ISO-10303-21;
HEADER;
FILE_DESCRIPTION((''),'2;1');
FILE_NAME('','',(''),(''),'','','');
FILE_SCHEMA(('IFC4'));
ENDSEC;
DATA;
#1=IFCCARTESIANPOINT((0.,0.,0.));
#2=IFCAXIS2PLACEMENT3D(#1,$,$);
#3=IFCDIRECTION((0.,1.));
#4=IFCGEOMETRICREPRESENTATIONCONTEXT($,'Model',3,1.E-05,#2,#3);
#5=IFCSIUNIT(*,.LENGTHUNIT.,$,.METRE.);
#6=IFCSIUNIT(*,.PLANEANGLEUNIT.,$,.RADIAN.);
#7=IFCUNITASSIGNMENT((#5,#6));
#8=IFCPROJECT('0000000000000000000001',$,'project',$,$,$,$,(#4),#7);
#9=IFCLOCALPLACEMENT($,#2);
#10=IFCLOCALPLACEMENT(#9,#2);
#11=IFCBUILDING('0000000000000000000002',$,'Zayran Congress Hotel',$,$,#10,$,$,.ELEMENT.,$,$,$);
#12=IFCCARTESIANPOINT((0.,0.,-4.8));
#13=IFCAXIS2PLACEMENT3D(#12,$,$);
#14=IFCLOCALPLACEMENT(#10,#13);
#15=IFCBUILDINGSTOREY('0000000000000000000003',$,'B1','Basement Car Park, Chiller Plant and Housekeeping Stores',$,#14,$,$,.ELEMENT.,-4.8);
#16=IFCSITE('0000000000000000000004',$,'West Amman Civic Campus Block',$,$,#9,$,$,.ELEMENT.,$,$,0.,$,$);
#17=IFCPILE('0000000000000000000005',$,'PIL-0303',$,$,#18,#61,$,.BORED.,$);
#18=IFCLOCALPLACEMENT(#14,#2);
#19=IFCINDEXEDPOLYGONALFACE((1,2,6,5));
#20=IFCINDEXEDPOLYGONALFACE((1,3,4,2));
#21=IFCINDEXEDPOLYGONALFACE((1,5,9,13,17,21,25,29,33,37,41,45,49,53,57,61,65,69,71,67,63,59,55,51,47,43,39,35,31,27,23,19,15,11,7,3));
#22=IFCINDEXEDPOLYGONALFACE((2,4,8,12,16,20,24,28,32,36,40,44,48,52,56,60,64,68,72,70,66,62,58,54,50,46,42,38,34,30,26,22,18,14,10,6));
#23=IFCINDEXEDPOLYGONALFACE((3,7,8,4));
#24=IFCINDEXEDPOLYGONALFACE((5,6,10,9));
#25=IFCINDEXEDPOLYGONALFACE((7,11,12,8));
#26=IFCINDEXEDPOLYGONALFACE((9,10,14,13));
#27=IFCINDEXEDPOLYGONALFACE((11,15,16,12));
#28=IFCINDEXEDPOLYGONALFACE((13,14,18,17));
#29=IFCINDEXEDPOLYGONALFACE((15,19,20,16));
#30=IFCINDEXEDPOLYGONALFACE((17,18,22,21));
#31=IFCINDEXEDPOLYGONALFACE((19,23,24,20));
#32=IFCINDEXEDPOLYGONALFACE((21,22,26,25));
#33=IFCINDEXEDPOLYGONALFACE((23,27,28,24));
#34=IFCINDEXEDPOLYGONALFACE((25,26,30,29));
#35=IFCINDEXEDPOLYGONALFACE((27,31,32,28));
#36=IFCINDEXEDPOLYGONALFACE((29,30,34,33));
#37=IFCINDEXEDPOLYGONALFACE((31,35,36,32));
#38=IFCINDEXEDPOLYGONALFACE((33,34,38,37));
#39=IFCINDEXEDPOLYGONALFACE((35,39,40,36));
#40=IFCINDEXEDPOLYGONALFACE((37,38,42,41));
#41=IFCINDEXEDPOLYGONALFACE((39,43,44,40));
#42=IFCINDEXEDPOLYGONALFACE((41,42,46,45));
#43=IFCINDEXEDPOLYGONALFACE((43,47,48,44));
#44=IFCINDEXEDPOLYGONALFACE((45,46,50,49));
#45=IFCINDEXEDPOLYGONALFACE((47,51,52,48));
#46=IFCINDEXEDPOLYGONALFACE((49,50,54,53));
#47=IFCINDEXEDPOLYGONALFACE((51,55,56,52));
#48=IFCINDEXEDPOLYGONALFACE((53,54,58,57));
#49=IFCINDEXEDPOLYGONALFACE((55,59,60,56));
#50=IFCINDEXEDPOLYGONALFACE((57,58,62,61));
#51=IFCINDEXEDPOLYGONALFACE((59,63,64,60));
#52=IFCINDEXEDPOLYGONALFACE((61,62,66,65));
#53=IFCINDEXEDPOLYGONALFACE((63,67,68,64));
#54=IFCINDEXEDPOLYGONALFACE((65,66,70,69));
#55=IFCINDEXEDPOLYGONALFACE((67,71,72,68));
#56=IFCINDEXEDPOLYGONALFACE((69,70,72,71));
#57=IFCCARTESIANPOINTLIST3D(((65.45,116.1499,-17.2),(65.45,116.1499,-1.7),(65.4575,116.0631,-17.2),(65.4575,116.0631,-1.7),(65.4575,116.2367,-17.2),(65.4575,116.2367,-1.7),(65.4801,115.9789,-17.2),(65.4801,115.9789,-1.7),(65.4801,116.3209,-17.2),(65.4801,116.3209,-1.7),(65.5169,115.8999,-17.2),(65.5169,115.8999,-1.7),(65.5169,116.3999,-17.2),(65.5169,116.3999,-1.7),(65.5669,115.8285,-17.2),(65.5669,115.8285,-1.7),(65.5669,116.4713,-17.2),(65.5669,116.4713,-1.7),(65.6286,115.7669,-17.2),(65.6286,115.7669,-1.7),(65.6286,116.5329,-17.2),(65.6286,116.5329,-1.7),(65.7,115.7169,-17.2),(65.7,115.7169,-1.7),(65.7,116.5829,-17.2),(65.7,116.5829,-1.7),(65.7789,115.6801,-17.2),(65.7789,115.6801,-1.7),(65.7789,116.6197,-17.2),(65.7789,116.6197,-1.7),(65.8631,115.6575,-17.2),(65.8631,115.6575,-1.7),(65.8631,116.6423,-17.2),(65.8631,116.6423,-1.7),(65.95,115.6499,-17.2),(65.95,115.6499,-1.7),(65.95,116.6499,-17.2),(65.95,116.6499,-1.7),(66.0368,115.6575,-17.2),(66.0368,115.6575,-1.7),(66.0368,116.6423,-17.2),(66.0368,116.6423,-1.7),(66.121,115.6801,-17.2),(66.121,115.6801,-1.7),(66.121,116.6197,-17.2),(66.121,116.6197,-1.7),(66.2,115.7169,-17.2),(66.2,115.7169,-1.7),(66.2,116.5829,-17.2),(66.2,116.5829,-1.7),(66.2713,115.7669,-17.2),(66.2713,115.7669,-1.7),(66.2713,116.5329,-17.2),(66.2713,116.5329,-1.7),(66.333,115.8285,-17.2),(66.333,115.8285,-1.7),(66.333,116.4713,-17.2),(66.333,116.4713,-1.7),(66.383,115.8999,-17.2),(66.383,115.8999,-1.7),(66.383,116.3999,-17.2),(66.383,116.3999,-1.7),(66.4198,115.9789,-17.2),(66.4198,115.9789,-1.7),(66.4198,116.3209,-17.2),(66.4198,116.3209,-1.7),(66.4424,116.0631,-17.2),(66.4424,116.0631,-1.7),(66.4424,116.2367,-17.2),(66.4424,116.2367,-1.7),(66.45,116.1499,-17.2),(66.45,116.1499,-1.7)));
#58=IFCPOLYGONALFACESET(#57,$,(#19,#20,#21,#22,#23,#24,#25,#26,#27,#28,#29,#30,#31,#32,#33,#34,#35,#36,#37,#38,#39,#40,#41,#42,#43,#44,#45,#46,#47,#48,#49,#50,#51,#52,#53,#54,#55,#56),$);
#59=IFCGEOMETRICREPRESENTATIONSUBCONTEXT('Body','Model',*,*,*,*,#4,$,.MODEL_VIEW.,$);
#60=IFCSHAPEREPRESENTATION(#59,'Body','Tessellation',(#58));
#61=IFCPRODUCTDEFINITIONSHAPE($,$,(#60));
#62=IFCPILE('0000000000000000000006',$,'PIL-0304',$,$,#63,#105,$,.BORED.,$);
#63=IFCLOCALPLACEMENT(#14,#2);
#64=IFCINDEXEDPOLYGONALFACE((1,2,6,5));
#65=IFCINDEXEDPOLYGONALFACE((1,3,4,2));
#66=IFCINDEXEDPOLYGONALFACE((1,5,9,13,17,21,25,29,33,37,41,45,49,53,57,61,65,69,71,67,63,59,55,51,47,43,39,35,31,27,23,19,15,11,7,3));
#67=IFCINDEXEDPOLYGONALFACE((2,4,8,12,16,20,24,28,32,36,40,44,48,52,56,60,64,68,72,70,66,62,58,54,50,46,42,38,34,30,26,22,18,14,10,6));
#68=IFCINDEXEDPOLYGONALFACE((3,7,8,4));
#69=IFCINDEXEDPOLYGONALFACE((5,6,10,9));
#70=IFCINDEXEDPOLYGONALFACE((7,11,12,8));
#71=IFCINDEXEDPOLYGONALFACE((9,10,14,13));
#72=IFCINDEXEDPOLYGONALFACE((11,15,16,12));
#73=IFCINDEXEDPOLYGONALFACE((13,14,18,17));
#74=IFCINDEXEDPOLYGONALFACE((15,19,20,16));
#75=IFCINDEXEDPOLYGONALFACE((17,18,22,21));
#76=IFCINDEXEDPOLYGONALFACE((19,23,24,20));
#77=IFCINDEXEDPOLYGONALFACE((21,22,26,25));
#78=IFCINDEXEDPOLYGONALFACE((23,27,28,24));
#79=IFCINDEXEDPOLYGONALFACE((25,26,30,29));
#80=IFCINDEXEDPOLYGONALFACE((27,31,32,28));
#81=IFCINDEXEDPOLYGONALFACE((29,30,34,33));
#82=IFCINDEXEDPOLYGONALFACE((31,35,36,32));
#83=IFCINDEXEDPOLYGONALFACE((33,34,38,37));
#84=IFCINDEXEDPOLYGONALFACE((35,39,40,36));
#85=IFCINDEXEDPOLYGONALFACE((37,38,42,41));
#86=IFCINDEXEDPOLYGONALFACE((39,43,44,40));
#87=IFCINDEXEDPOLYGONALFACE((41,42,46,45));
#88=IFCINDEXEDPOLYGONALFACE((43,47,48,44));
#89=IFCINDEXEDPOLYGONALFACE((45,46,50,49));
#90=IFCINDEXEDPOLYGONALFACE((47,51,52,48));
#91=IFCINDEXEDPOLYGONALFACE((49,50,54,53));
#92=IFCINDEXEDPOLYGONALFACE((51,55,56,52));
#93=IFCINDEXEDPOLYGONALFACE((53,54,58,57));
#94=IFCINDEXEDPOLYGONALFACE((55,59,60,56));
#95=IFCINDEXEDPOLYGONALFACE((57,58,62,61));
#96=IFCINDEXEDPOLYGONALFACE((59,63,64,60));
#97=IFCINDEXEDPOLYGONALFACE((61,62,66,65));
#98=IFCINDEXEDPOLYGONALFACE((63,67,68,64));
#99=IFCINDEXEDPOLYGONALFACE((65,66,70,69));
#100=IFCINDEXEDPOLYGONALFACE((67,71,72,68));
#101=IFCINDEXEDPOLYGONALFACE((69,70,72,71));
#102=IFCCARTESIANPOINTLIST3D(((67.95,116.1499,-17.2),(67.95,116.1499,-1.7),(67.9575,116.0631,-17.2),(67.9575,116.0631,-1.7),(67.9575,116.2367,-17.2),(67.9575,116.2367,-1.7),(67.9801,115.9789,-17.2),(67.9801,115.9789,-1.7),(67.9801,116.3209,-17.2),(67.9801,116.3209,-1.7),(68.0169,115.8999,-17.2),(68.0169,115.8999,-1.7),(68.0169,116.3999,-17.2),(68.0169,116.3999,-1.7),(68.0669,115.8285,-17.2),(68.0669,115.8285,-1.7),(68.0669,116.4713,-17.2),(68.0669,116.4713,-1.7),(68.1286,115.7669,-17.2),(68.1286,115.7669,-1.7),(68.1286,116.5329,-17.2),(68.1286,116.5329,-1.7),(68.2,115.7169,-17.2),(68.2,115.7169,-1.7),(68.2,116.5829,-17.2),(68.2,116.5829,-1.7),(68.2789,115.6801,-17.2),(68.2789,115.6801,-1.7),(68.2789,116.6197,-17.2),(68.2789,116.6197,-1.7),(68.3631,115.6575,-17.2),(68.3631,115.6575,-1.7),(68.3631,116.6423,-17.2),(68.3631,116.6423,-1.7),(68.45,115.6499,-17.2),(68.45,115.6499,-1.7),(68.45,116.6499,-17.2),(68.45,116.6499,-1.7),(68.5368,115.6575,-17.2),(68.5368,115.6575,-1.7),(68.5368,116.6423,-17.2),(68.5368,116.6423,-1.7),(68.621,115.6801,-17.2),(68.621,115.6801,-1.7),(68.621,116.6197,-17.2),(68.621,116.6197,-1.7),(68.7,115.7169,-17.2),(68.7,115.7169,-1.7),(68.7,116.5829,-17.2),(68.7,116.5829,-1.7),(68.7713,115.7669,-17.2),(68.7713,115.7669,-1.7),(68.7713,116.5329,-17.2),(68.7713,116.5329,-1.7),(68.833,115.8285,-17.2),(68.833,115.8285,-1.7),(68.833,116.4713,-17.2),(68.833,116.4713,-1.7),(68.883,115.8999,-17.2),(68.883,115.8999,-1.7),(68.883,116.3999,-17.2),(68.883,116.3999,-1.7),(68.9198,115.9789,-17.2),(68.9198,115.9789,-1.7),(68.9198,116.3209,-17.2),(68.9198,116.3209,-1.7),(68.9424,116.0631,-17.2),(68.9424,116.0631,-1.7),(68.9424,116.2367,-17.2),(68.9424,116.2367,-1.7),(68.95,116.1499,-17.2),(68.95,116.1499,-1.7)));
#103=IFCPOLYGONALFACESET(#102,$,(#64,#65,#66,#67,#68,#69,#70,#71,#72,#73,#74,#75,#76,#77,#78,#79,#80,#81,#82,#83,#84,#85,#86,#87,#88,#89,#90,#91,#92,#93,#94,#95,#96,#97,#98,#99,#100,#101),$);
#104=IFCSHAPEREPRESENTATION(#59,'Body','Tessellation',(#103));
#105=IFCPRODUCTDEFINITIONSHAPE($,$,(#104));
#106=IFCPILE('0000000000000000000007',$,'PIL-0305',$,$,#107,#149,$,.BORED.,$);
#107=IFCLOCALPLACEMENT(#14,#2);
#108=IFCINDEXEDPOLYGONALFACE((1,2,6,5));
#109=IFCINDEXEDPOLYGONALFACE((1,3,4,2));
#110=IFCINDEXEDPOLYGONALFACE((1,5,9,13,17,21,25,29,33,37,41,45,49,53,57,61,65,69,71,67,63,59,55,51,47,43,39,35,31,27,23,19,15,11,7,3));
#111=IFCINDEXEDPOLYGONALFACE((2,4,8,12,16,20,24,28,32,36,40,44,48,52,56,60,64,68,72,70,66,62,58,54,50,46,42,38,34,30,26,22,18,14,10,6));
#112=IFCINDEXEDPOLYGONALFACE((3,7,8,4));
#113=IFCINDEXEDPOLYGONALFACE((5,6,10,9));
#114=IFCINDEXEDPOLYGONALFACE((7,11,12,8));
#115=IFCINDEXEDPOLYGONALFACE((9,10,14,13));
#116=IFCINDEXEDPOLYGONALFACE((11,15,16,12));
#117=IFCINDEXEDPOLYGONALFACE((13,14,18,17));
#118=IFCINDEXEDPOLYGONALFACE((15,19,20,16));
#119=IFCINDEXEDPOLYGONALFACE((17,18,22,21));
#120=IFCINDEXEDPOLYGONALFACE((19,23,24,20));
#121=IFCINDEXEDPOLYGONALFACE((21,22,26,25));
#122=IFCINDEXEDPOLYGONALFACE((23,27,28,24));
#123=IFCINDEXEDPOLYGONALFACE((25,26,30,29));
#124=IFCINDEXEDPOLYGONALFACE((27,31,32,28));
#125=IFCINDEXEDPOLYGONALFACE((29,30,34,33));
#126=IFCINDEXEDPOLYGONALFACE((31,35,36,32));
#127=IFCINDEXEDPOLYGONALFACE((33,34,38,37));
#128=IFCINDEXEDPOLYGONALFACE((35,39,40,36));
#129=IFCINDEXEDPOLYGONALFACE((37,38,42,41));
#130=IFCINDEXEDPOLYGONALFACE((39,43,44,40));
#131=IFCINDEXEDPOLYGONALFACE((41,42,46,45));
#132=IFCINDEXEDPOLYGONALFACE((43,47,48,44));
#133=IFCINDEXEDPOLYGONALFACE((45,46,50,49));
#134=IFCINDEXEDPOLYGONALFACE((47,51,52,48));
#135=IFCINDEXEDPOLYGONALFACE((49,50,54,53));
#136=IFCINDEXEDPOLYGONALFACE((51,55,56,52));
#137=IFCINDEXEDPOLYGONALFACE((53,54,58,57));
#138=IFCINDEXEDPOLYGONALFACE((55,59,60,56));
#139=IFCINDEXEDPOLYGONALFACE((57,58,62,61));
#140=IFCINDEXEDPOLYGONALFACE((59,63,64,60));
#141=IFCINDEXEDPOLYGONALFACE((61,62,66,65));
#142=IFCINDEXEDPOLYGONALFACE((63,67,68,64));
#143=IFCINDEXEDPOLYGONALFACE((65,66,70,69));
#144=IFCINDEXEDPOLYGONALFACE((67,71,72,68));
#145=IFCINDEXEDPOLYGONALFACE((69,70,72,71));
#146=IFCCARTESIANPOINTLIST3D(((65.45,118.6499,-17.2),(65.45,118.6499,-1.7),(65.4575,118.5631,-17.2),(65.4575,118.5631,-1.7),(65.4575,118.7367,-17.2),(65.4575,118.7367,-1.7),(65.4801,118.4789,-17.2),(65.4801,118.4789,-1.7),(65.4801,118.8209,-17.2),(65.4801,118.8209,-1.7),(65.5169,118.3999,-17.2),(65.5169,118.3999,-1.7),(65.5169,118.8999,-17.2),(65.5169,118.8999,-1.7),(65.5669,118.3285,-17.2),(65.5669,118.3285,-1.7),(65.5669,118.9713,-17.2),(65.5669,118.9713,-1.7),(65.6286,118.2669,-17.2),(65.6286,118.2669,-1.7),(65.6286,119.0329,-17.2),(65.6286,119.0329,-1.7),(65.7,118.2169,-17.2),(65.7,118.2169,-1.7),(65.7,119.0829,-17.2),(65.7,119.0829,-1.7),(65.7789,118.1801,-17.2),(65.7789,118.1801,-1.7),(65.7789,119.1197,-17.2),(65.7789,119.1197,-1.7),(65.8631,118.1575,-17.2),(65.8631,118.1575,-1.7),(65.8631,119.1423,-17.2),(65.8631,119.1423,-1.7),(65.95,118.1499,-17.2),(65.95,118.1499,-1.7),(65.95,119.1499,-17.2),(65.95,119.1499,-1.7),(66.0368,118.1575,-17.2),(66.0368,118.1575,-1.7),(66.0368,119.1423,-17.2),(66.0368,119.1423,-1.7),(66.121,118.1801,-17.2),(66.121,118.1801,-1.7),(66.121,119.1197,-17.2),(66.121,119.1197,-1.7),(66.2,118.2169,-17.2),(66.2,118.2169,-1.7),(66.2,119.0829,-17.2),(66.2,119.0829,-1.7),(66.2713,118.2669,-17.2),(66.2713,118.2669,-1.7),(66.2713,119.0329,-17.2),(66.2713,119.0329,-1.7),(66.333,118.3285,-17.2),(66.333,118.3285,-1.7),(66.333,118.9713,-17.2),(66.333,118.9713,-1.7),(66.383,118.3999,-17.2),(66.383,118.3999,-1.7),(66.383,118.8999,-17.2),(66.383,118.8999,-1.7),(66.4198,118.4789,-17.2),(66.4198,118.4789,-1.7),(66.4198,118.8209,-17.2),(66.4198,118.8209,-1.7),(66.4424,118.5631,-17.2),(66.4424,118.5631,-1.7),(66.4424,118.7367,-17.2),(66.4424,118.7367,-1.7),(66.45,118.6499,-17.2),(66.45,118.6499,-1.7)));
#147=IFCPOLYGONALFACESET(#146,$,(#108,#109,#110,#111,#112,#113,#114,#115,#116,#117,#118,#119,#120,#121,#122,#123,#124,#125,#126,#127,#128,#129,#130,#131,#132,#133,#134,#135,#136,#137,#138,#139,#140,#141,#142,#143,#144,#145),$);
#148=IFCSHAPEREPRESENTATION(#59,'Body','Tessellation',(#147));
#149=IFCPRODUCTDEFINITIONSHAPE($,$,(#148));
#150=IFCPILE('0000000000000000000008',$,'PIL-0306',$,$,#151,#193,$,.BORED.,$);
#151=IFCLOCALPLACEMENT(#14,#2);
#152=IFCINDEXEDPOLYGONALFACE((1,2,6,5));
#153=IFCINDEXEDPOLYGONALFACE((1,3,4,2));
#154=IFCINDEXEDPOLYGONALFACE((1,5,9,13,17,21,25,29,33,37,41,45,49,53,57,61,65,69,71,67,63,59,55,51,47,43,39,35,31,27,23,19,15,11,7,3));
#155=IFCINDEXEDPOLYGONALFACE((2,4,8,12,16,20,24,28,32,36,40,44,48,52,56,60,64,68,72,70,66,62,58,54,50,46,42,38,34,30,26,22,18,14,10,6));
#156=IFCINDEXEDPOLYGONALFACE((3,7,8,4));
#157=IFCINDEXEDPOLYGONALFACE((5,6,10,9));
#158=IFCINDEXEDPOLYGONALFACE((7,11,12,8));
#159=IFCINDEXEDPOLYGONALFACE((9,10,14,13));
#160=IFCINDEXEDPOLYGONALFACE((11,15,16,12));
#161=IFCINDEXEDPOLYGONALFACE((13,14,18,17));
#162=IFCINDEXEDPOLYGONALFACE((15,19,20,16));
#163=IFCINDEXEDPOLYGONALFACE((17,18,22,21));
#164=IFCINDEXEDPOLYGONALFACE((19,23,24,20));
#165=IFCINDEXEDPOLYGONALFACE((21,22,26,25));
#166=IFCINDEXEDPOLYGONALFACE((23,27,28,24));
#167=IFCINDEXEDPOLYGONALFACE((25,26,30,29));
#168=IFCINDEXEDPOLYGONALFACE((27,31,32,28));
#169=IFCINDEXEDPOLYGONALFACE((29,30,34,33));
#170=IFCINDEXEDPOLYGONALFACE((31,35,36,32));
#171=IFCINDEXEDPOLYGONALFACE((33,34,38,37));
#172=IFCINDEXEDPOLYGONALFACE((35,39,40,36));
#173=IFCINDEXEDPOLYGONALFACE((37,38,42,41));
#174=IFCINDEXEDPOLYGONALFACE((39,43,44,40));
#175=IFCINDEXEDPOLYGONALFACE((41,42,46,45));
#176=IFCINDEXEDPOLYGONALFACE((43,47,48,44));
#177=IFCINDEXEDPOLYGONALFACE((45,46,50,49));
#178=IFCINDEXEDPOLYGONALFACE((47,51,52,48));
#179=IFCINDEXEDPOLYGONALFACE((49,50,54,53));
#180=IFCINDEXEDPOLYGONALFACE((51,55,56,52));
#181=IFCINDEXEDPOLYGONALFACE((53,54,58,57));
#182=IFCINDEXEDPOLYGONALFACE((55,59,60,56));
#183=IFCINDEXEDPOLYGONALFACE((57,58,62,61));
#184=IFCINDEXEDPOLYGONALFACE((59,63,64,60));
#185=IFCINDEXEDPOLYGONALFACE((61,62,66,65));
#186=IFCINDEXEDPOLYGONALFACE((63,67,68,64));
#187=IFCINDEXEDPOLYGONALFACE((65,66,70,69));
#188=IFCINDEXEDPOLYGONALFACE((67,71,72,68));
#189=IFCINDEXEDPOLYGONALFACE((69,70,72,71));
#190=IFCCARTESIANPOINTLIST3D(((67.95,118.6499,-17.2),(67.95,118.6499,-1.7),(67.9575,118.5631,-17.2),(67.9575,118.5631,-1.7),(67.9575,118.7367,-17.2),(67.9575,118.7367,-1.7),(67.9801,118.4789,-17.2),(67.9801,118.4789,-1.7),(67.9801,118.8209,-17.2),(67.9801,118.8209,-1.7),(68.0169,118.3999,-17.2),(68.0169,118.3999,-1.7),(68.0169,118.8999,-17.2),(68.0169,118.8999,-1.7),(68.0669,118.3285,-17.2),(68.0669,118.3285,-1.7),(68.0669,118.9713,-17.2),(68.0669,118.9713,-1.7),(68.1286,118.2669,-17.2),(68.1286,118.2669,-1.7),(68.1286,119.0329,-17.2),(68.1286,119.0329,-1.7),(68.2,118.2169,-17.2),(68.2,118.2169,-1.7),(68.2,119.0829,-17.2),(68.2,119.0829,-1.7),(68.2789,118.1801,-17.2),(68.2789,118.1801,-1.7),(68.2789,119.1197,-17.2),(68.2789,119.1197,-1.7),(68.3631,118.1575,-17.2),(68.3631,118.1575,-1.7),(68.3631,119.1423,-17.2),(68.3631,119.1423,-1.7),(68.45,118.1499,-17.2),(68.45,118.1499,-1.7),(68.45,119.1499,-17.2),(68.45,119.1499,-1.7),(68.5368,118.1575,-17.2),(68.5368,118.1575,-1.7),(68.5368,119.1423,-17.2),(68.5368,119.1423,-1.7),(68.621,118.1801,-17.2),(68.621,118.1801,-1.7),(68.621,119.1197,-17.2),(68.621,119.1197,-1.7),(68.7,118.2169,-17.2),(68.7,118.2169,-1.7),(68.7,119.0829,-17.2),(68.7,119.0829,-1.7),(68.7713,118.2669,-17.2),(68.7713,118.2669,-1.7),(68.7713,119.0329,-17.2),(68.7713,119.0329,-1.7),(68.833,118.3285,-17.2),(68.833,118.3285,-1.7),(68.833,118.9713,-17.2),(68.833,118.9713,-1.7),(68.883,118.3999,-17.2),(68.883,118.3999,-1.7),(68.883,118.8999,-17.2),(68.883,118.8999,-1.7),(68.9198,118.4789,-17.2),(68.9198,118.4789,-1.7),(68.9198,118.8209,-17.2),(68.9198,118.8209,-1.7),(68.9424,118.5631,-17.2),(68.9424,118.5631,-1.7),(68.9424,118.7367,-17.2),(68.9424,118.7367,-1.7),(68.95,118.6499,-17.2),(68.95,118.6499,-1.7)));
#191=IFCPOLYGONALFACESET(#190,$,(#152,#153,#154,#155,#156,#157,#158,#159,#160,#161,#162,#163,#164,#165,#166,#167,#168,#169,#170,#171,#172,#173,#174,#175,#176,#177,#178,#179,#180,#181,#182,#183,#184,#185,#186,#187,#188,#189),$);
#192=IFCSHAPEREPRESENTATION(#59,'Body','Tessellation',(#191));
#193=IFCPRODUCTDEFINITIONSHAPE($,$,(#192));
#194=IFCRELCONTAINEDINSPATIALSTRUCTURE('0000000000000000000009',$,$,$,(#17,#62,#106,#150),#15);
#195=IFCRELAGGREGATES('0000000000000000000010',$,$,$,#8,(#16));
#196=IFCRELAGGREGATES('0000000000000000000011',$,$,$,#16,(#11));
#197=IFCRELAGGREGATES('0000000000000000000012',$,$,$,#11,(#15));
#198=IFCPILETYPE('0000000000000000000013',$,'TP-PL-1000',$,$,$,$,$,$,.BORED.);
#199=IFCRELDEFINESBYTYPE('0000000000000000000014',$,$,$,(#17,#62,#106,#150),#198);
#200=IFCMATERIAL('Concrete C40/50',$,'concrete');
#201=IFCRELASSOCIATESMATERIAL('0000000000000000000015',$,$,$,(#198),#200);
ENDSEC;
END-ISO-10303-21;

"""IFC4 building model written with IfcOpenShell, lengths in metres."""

from ifc_helpers import new_model, si_unit, direction, frame, origin, origin_2d, place, context, subcontext, project, spatial, circle, extrude, material, material_profile, profile_set, type_object, element, save


model = new_model("IFC4")

# Units and contexts
model_context = context("Model", 3, precision=1e-05, world=origin(), true_north=direction((0.0, 1.0)))
body_context = subcontext(model_context, "Body", "Model", "MODEL_VIEW")
ifc_project = project(units=[si_unit("LENGTHUNIT", "METRE"), si_unit("PLANEANGLEUNIT", "RADIAN")], contexts=[model_context])

# Site, building, storey
site_placement = place(None, origin())
site = spatial("IfcSite", under=ifc_project, at=site_placement, Name="West Amman Civic Campus Block", CompositionType="ELEMENT", RefElevation=0.0)
building_placement = place(site_placement, origin())
building = spatial("IfcBuilding", under=site, at=building_placement, Name="Zayran Congress Hotel", CompositionType="ELEMENT")
storey_placement = place(building_placement, frame((0.0, 0.0, -4.8)))
storey = spatial("IfcBuildingStorey", under=building, at=storey_placement, Name="B1", Description="Basement Car Park, Chiller Plant and Housekeeping Stores", CompositionType="ELEMENT", Elevation=-4.8)

# Piles
ifc_material = material(Name="Concrete C40/50", Category="concrete")
ifc_material_profile_1 = material_profile(ifc_material, circle(Radius=0.5, at=origin_2d()), Name="PILE D1000")
ifc_profile_set_1 = profile_set([ifc_material_profile_1], Name="Concrete C40/50")
pile_type = type_object("IfcPileType", Name="TP-PL-1000", PredefinedType="BORED", material=ifc_profile_set_1)
for number, where, z_axis, x_axis, name in (
    (1, (65.95, 116.1499, -1.7), (0.0, 0.0, -1.0), (1.0, 0.0, 0.0), "PIL-0303"),
    (2, (68.45, 116.1499, -1.7), (0.0, 0.0, -1.0), (1.0, 0.0, 0.0), "PIL-0304"),
    (3, (65.95, 118.6499, -1.7), (0.0, 0.0, -1.0), (1.0, 0.0, 0.0), "PIL-0305"),
    (4, (68.45, 118.6499, -1.7), (0.0, 0.0, -1.0), (1.0, 0.0, 0.0), "PIL-0306"),
):
    element("IfcPile", number, at=place(storey_placement, frame(where, z_axis=z_axis, x_axis=x_axis)), inside=storey, type_object=pile_type, Name=name, PredefinedType="BORED", context=body_context, shape_type="SweptSolid", body=[
        extrude(circle(Radius=0.5, at=origin_2d()), origin(), (0.0, 0.0, 1.0), 15.5),
    ])

save(model, "model.ifc")
